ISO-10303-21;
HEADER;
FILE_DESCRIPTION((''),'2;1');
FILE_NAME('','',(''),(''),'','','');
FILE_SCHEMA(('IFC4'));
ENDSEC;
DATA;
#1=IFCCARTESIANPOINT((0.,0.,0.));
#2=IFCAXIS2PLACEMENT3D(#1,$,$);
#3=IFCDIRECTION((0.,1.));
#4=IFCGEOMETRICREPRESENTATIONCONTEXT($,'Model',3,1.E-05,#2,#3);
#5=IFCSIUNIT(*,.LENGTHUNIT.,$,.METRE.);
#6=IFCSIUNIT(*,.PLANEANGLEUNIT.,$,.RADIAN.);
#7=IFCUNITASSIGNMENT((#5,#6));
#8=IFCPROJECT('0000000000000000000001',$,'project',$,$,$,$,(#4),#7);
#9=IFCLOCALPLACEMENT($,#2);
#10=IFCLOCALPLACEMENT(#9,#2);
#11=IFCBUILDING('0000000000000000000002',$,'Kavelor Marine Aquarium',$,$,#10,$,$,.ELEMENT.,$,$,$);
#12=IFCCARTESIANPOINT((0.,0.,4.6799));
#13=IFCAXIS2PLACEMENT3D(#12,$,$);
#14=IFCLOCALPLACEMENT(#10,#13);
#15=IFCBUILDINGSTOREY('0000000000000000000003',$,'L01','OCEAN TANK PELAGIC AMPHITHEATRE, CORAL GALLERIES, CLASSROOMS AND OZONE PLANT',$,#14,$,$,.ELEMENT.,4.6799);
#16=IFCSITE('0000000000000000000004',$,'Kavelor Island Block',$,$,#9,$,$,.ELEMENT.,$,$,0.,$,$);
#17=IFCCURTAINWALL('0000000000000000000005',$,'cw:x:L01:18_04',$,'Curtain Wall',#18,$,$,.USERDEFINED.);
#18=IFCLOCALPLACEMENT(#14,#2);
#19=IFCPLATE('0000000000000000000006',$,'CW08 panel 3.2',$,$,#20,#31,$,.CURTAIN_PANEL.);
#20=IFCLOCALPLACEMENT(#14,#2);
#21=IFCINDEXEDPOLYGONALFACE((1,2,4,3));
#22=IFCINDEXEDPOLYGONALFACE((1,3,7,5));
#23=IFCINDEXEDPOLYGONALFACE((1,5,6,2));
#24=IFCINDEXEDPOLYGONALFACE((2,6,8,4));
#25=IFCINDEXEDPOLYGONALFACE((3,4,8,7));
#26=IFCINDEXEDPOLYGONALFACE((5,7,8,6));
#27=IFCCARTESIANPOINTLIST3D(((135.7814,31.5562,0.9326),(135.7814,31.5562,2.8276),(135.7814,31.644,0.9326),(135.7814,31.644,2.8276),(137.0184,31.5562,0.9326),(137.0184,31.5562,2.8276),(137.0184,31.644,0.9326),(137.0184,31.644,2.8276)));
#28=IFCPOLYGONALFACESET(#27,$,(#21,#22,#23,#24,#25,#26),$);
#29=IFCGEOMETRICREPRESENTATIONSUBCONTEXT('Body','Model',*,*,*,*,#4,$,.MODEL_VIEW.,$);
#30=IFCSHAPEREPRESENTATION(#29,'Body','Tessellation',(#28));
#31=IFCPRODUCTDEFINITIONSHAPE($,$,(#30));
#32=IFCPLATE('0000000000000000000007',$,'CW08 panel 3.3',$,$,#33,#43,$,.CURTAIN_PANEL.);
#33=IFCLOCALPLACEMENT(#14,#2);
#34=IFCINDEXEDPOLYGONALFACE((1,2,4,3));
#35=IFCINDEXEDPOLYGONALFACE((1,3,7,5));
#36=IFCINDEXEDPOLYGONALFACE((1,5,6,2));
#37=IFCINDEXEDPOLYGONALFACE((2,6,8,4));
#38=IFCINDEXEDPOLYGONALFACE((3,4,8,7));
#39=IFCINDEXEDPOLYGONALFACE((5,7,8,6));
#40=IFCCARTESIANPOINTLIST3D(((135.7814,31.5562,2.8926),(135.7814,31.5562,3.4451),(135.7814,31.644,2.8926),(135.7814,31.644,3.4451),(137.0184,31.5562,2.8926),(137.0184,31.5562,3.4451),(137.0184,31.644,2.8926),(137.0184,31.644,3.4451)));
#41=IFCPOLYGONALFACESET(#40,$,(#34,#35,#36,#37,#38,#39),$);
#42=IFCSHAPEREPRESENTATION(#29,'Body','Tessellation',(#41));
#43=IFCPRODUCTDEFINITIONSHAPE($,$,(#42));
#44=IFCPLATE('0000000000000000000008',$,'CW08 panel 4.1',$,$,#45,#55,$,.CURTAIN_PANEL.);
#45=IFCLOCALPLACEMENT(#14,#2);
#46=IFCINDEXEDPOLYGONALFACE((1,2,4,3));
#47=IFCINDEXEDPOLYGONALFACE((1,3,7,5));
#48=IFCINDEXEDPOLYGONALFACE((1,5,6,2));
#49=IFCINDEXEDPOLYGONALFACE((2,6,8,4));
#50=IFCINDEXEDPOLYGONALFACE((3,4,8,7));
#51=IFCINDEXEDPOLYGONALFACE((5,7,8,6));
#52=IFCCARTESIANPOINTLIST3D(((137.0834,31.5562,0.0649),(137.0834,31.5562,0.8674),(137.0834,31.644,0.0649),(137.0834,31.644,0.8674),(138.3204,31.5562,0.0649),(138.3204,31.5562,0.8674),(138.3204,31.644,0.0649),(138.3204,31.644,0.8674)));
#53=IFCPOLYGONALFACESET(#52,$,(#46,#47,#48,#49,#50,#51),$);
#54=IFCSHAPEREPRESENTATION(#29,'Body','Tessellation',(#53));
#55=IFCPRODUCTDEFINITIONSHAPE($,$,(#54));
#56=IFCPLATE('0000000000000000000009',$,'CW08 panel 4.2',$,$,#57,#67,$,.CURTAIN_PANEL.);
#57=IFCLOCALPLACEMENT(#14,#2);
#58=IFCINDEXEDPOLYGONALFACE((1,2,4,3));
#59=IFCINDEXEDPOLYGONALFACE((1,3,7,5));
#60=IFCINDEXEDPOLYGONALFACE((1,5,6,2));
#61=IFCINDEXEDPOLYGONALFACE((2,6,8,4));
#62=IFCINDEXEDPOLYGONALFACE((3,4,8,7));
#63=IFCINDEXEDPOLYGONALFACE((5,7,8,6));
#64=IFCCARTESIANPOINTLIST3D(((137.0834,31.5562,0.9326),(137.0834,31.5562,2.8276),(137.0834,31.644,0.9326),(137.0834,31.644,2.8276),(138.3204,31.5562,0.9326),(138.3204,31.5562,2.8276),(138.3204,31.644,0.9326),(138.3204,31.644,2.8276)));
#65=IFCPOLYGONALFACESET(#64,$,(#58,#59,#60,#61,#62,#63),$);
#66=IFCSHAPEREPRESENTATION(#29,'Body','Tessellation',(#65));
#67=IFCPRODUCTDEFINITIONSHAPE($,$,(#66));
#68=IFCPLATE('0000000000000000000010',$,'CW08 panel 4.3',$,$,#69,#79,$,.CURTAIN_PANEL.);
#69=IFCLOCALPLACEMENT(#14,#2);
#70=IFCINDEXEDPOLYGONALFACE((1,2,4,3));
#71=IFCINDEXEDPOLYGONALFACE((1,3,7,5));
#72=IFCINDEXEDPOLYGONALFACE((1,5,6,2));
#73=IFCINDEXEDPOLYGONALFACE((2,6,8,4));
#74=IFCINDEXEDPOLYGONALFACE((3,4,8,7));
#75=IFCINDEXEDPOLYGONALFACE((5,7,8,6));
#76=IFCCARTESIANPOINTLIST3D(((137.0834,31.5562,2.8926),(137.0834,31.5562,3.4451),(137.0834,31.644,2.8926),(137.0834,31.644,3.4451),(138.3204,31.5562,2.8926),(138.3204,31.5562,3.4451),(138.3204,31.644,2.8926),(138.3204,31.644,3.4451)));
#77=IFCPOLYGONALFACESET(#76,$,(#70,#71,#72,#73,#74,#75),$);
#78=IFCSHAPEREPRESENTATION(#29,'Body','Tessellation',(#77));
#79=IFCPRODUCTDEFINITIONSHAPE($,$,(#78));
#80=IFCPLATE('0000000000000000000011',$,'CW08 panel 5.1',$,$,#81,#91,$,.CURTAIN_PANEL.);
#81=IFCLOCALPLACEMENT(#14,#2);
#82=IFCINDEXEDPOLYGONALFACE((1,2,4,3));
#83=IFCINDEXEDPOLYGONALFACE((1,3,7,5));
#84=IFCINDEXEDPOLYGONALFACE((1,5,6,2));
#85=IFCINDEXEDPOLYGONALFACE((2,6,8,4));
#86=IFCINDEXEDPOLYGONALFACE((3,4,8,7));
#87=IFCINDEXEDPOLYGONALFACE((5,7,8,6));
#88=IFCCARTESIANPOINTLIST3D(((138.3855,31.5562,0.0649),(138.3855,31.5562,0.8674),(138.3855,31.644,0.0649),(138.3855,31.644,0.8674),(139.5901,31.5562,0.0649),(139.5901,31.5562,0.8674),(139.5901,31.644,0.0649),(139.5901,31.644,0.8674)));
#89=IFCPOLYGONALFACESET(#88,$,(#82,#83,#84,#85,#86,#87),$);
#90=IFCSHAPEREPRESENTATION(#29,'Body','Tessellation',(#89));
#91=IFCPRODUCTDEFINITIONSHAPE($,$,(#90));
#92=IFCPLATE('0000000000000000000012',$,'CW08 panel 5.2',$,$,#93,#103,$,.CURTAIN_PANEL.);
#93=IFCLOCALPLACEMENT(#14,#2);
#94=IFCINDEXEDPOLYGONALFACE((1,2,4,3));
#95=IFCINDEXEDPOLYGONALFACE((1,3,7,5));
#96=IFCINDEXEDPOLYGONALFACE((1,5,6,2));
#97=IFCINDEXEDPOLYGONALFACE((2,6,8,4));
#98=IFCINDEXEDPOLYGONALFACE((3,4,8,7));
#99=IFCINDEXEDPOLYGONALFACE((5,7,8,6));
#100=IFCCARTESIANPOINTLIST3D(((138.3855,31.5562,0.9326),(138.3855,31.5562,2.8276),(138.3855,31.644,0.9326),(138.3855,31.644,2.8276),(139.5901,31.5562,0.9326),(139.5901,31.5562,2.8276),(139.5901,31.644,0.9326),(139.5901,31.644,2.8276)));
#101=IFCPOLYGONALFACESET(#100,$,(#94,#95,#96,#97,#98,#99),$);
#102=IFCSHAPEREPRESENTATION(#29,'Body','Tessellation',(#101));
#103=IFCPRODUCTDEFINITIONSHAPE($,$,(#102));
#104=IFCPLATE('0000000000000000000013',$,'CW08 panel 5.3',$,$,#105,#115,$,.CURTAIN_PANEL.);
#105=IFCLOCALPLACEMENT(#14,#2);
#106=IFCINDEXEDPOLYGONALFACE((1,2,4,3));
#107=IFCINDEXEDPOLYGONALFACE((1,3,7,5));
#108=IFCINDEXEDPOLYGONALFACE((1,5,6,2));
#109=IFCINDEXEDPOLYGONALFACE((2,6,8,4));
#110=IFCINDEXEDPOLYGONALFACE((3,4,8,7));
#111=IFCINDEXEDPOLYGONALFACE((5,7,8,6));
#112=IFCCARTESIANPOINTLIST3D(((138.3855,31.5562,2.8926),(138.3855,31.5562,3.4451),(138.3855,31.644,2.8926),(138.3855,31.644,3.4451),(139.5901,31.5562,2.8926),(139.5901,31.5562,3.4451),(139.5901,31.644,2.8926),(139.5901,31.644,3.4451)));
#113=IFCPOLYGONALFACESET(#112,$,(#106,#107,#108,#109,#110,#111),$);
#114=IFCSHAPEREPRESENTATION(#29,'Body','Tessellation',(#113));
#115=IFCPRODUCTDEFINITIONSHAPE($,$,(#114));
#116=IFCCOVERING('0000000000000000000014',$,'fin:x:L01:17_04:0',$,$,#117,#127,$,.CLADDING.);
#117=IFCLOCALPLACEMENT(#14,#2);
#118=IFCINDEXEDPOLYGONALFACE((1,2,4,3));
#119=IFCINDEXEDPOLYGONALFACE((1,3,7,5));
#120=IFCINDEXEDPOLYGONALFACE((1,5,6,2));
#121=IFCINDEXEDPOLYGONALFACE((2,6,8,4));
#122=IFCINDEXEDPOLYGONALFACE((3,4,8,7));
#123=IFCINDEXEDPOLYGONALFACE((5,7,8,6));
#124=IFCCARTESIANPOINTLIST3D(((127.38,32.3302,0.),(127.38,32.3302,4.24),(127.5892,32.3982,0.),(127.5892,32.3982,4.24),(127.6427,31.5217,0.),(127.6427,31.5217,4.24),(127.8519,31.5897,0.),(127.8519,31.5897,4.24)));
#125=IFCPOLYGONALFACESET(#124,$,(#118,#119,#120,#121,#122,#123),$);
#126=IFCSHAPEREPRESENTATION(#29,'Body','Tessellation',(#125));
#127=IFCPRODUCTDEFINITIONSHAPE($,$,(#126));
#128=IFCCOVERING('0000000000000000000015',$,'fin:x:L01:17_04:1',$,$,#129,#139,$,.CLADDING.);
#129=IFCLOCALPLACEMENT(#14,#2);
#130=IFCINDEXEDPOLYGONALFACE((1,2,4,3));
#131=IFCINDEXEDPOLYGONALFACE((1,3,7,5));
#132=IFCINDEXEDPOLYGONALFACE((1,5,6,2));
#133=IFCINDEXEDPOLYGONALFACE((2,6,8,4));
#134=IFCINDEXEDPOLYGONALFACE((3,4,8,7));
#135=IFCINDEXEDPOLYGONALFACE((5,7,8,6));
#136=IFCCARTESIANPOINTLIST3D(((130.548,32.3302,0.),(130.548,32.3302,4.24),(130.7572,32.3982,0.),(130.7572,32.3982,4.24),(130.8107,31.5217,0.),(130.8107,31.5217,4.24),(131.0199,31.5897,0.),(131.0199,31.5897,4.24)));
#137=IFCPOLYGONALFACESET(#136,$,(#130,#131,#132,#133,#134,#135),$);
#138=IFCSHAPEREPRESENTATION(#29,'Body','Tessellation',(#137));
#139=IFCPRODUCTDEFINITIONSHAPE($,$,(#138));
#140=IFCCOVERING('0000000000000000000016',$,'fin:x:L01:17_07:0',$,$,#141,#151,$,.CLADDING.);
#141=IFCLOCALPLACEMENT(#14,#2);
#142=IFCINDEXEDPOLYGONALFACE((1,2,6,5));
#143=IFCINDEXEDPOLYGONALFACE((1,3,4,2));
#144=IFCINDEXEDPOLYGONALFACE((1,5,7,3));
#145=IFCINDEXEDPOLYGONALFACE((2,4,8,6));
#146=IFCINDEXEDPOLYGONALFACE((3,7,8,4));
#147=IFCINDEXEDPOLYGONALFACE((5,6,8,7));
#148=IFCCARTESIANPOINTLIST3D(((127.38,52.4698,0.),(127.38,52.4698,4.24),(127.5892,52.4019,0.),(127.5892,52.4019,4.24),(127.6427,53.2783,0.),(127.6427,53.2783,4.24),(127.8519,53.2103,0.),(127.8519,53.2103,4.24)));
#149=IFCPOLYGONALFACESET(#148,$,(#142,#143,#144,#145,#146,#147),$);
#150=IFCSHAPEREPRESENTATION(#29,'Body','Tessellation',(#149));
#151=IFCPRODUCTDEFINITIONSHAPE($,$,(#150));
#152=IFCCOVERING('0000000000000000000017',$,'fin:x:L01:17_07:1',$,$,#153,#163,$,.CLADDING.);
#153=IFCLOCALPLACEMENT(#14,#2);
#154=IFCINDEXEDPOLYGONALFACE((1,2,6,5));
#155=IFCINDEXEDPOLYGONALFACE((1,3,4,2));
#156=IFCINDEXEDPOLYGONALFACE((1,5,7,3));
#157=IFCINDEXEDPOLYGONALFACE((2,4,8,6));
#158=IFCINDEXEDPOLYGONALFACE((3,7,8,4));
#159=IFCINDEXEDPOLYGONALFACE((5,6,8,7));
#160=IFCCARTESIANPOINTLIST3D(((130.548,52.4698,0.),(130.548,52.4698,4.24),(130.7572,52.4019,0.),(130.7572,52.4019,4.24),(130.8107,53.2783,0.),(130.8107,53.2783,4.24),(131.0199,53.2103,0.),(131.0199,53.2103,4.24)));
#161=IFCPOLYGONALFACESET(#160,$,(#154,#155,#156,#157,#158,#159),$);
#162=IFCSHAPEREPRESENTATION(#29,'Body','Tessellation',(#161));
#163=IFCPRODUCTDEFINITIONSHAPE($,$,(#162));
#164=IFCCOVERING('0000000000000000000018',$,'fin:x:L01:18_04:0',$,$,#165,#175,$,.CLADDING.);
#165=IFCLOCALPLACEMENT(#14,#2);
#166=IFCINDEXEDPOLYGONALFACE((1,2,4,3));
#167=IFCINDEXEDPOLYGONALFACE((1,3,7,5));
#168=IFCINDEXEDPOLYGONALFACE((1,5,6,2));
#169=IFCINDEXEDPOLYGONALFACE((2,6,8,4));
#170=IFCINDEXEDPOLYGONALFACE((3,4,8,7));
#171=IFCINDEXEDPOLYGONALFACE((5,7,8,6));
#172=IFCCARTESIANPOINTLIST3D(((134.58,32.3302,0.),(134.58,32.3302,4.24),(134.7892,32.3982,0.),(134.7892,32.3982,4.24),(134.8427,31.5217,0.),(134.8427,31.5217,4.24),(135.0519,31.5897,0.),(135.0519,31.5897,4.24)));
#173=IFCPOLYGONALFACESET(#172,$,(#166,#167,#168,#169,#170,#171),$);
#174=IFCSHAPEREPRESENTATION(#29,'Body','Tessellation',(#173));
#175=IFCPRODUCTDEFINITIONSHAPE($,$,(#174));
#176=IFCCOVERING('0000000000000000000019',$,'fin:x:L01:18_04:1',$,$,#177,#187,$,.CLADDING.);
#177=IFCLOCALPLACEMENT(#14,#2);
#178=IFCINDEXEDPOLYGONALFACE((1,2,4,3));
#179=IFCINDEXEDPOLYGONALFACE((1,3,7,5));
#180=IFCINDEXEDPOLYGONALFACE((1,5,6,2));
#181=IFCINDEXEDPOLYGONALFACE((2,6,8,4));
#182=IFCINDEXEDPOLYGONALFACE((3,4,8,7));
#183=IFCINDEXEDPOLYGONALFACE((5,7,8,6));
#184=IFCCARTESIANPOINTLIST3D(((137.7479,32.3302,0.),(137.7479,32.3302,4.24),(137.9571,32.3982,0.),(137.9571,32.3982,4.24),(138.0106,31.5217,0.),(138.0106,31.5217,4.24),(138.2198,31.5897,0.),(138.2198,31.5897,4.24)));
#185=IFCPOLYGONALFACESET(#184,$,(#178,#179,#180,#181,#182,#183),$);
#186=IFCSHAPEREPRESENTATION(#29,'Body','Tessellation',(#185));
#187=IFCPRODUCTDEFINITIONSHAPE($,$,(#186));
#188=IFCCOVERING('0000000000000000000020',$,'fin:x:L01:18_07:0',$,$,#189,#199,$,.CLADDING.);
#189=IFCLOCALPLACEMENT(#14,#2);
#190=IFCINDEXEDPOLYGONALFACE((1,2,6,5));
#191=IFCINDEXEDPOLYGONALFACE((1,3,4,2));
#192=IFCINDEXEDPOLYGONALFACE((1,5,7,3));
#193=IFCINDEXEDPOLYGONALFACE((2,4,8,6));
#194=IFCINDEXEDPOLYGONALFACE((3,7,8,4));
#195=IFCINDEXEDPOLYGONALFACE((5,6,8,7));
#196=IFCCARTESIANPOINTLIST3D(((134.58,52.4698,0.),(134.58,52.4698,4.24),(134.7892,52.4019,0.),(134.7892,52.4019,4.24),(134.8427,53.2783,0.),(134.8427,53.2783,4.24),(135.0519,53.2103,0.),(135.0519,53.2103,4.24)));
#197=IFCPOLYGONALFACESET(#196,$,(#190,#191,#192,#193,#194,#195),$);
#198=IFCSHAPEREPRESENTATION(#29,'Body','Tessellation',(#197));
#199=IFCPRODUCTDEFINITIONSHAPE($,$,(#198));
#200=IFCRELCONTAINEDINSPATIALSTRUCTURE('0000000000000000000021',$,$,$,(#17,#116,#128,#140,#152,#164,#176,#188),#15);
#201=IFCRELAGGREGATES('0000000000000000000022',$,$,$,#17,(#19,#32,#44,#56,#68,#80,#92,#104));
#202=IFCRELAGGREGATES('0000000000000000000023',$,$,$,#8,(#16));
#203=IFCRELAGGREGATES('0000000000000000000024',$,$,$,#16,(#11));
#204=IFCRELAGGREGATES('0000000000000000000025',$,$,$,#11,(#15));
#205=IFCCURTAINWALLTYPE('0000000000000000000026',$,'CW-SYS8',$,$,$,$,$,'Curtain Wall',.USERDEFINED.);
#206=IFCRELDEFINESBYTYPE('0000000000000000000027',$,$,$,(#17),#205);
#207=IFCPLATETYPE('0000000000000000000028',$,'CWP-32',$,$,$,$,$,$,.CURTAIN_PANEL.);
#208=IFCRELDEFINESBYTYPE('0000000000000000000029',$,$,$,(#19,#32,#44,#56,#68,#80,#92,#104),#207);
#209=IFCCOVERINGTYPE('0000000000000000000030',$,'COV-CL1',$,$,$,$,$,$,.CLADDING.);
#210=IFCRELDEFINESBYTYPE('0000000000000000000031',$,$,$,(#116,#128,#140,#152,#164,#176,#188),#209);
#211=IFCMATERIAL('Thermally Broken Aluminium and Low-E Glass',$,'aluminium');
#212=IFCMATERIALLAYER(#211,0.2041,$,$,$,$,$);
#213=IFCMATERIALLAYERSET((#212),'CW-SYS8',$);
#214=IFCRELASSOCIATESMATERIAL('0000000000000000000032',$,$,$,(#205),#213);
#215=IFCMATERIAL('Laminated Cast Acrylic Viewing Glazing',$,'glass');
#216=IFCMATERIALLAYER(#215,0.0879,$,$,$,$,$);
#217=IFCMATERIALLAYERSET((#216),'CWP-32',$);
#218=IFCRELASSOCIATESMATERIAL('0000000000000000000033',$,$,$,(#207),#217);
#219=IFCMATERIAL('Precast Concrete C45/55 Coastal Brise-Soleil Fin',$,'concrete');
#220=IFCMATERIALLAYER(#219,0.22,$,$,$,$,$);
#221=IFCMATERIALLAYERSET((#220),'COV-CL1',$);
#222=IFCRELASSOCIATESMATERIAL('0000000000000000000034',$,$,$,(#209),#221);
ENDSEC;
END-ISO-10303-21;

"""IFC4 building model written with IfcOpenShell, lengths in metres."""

from ifc_helpers import new_model, si_unit, direction, frame, origin, origin_2d, place, context, subcontext, project, spatial, rectangle, extrude, material, layer, layer_set, type_object, element, aggregate, save


model = new_model("IFC4")

# Units and contexts
model_context = context("Model", 3, precision=1e-05, world=origin(), true_north=direction((0.0, 1.0)))
body_context = subcontext(model_context, "Body", "Model", "MODEL_VIEW")
ifc_project = project(units=[si_unit("LENGTHUNIT", "METRE"), si_unit("PLANEANGLEUNIT", "RADIAN")], contexts=[model_context])

# Site, building, storey
site_placement = place(None, origin())
site = spatial("IfcSite", under=ifc_project, at=site_placement, Name="Kavelor Island Block", CompositionType="ELEMENT", RefElevation=0.0)
building_placement = place(site_placement, origin())
building = spatial("IfcBuilding", under=site, at=building_placement, Name="Kavelor Marine Aquarium", CompositionType="ELEMENT")
storey_placement = place(building_placement, frame((0.0, 0.0, 4.6799)))
storey = spatial("IfcBuildingStorey", under=building, at=storey_placement, Name="L01", Description="OCEAN TANK PELAGIC AMPHITHEATRE, CORAL GALLERIES, CLASSROOMS AND OZONE PLANT", CompositionType="ELEMENT", Elevation=4.6799)

# Curtain wall, plates
ifc_material_1 = material(Name="Thermally Broken Aluminium and Low-E Glass", Category="aluminium")
ifc_layer_1 = layer(ifc_material_1, 0.2041)
ifc_layer_set_1 = layer_set([ifc_layer_1], Name="CW-SYS8")
curtain_wall_type = type_object("IfcCurtainWallType", Name="CW-SYS8", ElementType="Curtain Wall", PredefinedType="USERDEFINED", material=ifc_layer_set_1)
curtain_wall_placement = place(storey_placement, origin())
curtain_wall = element("IfcCurtainWall", 1, at=curtain_wall_placement, inside=storey, type_object=curtain_wall_type, Name="cw:x:L01:18_04", ObjectType="Curtain Wall", PredefinedType="USERDEFINED")
ifc_material_2 = material(Name="Laminated Cast Acrylic Viewing Glazing", Category="glass")
ifc_layer_2 = layer(ifc_material_2, 0.0879)
ifc_layer_set_2 = layer_set([ifc_layer_2], Name="CWP-32")
plate_type = type_object("IfcPlateType", Name="CWP-32", PredefinedType="CURTAIN_PANEL", material=ifc_layer_set_2)
plate_1_placement = place(storey_placement, frame((136.3999, 31.6001, 0.9326), z_axis=(0.0, 0.0, 1.0), x_axis=(1.0, 0.0, 0.0)))
plate_1 = element("IfcPlate", 2, at=plate_1_placement, type_object=plate_type, Name="CW08 panel 3.2", PredefinedType="CURTAIN_PANEL", context=body_context, shape_type="SweptSolid", body=[
    extrude(rectangle(XDim=1.2371, YDim=0.0879, at=origin_2d()), origin(), (0.0, 0.0, 1.0), 1.895),
])
plate_2_placement = place(storey_placement, frame((136.3999, 31.6001, 2.8926), z_axis=(0.0, 0.0, 1.0), x_axis=(1.0, 0.0, 0.0)))
plate_2 = element("IfcPlate", 3, at=plate_2_placement, type_object=plate_type, Name="CW08 panel 3.3", PredefinedType="CURTAIN_PANEL", context=body_context, shape_type="SweptSolid", body=[
    extrude(rectangle(XDim=1.2371, YDim=0.0879, at=origin_2d()), origin(), (0.0, 0.0, 1.0), 0.5525),
])
plate_3_placement = place(storey_placement, frame((137.7019, 31.6001, 0.0649), z_axis=(0.0, 0.0, 1.0), x_axis=(1.0, 0.0, 0.0)))
plate_3 = element("IfcPlate", 4, at=plate_3_placement, type_object=plate_type, Name="CW08 panel 4.1", PredefinedType="CURTAIN_PANEL", context=body_context, shape_type="SweptSolid", body=[
    extrude(rectangle(XDim=1.2371, YDim=0.0879, at=origin_2d()), origin(), (0.0, 0.0, 1.0), 0.8025),
])
plate_4_placement = place(storey_placement, frame((137.7019, 31.6001, 0.9326), z_axis=(0.0, 0.0, 1.0), x_axis=(1.0, 0.0, 0.0)))
plate_4 = element("IfcPlate", 5, at=plate_4_placement, type_object=plate_type, Name="CW08 panel 4.2", PredefinedType="CURTAIN_PANEL", context=body_context, shape_type="SweptSolid", body=[
    extrude(rectangle(XDim=1.2371, YDim=0.0879, at=origin_2d()), origin(), (0.0, 0.0, 1.0), 1.895),
])
plate_5_placement = place(storey_placement, frame((137.7019, 31.6001, 2.8926), z_axis=(0.0, 0.0, 1.0), x_axis=(1.0, 0.0, 0.0)))
plate_5 = element("IfcPlate", 6, at=plate_5_placement, type_object=plate_type, Name="CW08 panel 4.3", PredefinedType="CURTAIN_PANEL", context=body_context, shape_type="SweptSolid", body=[
    extrude(rectangle(XDim=1.2371, YDim=0.0879, at=origin_2d()), origin(), (0.0, 0.0, 1.0), 0.5525),
])
plate_6_placement = place(storey_placement, frame((138.9878, 31.6001, 0.0649), z_axis=(0.0, 0.0, 1.0), x_axis=(1.0, 0.0, 0.0)))
plate_6 = element("IfcPlate", 7, at=plate_6_placement, type_object=plate_type, Name="CW08 panel 5.1", PredefinedType="CURTAIN_PANEL", context=body_context, shape_type="SweptSolid", body=[
    extrude(rectangle(XDim=1.2046, YDim=0.0879, at=origin_2d()), origin(), (0.0, 0.0, 1.0), 0.8025),
])
plate_7_placement = place(storey_placement, frame((138.9878, 31.6001, 0.9326), z_axis=(0.0, 0.0, 1.0), x_axis=(1.0, 0.0, 0.0)))
plate_7 = element("IfcPlate", 8, at=plate_7_placement, type_object=plate_type, Name="CW08 panel 5.2", PredefinedType="CURTAIN_PANEL", context=body_context, shape_type="SweptSolid", body=[
    extrude(rectangle(XDim=1.2046, YDim=0.0879, at=origin_2d()), origin(), (0.0, 0.0, 1.0), 1.895),
])
plate_8_placement = place(storey_placement, frame((138.9878, 31.6001, 2.8926), z_axis=(0.0, 0.0, 1.0), x_axis=(1.0, 0.0, 0.0)))
plate_8 = element("IfcPlate", 9, at=plate_8_placement, type_object=plate_type, Name="CW08 panel 5.3", PredefinedType="CURTAIN_PANEL", context=body_context, shape_type="SweptSolid", body=[
    extrude(rectangle(XDim=1.2046, YDim=0.0879, at=origin_2d()), origin(), (0.0, 0.0, 1.0), 0.5525),
])
aggregate(curtain_wall, [plate_1, plate_2, plate_3, plate_4, plate_5, plate_6, plate_7, plate_8])

# Coverings
ifc_material_3 = material(Name="Precast Concrete C45/55 Coastal Brise-Soleil Fin", Category="concrete")
ifc_layer_3 = layer(ifc_material_3, 0.22)
ifc_layer_set_3 = layer_set([ifc_layer_3], Name="COV-CL1")
covering_type = type_object("IfcCoveringType", Name="COV-CL1", PredefinedType="CLADDING", material=ifc_layer_set_3)
for number, where, z_axis, x_axis, name in (
    (10, (127.616, 31.96, 0.0), (0.0, 0.0, 1.0), (0.951057, 0.309017, 0.0), "fin:x:L01:17_04:0"),
    (11, (130.7839, 31.96, 0.0), (0.0, 0.0, 1.0), (0.951057, 0.309017, 0.0), "fin:x:L01:17_04:1"),
    (12, (127.616, 52.8401, 0.0), (0.0, 0.0, 1.0), (0.951057, -0.309017, 0.0), "fin:x:L01:17_07:0"),
    (13, (130.7839, 52.8401, 0.0), (0.0, 0.0, 1.0), (0.951057, -0.309017, 0.0), "fin:x:L01:17_07:1"),
    (14, (134.8159, 31.96, 0.0), (0.0, 0.0, 1.0), (0.951057, 0.309017, 0.0), "fin:x:L01:18_04:0"),
    (15, (137.9839, 31.96, 0.0), (0.0, 0.0, 1.0), (0.951057, 0.309017, 0.0), "fin:x:L01:18_04:1"),
    (16, (134.8159, 52.8401, 0.0), (0.0, 0.0, 1.0), (0.951057, -0.309017, 0.0), "fin:x:L01:18_07:0"),
):
    element("IfcCovering", number, at=place(storey_placement, frame(where, z_axis=z_axis, x_axis=x_axis)), inside=storey, type_object=covering_type, Name=name, PredefinedType="CLADDING", context=body_context, shape_type="SweptSolid", body=[
        extrude(rectangle(XDim=0.22, YDim=0.8501, at=origin_2d()), origin(), (0.0, 0.0, 1.0), 4.24),
    ])

save(model, "model.ifc")
